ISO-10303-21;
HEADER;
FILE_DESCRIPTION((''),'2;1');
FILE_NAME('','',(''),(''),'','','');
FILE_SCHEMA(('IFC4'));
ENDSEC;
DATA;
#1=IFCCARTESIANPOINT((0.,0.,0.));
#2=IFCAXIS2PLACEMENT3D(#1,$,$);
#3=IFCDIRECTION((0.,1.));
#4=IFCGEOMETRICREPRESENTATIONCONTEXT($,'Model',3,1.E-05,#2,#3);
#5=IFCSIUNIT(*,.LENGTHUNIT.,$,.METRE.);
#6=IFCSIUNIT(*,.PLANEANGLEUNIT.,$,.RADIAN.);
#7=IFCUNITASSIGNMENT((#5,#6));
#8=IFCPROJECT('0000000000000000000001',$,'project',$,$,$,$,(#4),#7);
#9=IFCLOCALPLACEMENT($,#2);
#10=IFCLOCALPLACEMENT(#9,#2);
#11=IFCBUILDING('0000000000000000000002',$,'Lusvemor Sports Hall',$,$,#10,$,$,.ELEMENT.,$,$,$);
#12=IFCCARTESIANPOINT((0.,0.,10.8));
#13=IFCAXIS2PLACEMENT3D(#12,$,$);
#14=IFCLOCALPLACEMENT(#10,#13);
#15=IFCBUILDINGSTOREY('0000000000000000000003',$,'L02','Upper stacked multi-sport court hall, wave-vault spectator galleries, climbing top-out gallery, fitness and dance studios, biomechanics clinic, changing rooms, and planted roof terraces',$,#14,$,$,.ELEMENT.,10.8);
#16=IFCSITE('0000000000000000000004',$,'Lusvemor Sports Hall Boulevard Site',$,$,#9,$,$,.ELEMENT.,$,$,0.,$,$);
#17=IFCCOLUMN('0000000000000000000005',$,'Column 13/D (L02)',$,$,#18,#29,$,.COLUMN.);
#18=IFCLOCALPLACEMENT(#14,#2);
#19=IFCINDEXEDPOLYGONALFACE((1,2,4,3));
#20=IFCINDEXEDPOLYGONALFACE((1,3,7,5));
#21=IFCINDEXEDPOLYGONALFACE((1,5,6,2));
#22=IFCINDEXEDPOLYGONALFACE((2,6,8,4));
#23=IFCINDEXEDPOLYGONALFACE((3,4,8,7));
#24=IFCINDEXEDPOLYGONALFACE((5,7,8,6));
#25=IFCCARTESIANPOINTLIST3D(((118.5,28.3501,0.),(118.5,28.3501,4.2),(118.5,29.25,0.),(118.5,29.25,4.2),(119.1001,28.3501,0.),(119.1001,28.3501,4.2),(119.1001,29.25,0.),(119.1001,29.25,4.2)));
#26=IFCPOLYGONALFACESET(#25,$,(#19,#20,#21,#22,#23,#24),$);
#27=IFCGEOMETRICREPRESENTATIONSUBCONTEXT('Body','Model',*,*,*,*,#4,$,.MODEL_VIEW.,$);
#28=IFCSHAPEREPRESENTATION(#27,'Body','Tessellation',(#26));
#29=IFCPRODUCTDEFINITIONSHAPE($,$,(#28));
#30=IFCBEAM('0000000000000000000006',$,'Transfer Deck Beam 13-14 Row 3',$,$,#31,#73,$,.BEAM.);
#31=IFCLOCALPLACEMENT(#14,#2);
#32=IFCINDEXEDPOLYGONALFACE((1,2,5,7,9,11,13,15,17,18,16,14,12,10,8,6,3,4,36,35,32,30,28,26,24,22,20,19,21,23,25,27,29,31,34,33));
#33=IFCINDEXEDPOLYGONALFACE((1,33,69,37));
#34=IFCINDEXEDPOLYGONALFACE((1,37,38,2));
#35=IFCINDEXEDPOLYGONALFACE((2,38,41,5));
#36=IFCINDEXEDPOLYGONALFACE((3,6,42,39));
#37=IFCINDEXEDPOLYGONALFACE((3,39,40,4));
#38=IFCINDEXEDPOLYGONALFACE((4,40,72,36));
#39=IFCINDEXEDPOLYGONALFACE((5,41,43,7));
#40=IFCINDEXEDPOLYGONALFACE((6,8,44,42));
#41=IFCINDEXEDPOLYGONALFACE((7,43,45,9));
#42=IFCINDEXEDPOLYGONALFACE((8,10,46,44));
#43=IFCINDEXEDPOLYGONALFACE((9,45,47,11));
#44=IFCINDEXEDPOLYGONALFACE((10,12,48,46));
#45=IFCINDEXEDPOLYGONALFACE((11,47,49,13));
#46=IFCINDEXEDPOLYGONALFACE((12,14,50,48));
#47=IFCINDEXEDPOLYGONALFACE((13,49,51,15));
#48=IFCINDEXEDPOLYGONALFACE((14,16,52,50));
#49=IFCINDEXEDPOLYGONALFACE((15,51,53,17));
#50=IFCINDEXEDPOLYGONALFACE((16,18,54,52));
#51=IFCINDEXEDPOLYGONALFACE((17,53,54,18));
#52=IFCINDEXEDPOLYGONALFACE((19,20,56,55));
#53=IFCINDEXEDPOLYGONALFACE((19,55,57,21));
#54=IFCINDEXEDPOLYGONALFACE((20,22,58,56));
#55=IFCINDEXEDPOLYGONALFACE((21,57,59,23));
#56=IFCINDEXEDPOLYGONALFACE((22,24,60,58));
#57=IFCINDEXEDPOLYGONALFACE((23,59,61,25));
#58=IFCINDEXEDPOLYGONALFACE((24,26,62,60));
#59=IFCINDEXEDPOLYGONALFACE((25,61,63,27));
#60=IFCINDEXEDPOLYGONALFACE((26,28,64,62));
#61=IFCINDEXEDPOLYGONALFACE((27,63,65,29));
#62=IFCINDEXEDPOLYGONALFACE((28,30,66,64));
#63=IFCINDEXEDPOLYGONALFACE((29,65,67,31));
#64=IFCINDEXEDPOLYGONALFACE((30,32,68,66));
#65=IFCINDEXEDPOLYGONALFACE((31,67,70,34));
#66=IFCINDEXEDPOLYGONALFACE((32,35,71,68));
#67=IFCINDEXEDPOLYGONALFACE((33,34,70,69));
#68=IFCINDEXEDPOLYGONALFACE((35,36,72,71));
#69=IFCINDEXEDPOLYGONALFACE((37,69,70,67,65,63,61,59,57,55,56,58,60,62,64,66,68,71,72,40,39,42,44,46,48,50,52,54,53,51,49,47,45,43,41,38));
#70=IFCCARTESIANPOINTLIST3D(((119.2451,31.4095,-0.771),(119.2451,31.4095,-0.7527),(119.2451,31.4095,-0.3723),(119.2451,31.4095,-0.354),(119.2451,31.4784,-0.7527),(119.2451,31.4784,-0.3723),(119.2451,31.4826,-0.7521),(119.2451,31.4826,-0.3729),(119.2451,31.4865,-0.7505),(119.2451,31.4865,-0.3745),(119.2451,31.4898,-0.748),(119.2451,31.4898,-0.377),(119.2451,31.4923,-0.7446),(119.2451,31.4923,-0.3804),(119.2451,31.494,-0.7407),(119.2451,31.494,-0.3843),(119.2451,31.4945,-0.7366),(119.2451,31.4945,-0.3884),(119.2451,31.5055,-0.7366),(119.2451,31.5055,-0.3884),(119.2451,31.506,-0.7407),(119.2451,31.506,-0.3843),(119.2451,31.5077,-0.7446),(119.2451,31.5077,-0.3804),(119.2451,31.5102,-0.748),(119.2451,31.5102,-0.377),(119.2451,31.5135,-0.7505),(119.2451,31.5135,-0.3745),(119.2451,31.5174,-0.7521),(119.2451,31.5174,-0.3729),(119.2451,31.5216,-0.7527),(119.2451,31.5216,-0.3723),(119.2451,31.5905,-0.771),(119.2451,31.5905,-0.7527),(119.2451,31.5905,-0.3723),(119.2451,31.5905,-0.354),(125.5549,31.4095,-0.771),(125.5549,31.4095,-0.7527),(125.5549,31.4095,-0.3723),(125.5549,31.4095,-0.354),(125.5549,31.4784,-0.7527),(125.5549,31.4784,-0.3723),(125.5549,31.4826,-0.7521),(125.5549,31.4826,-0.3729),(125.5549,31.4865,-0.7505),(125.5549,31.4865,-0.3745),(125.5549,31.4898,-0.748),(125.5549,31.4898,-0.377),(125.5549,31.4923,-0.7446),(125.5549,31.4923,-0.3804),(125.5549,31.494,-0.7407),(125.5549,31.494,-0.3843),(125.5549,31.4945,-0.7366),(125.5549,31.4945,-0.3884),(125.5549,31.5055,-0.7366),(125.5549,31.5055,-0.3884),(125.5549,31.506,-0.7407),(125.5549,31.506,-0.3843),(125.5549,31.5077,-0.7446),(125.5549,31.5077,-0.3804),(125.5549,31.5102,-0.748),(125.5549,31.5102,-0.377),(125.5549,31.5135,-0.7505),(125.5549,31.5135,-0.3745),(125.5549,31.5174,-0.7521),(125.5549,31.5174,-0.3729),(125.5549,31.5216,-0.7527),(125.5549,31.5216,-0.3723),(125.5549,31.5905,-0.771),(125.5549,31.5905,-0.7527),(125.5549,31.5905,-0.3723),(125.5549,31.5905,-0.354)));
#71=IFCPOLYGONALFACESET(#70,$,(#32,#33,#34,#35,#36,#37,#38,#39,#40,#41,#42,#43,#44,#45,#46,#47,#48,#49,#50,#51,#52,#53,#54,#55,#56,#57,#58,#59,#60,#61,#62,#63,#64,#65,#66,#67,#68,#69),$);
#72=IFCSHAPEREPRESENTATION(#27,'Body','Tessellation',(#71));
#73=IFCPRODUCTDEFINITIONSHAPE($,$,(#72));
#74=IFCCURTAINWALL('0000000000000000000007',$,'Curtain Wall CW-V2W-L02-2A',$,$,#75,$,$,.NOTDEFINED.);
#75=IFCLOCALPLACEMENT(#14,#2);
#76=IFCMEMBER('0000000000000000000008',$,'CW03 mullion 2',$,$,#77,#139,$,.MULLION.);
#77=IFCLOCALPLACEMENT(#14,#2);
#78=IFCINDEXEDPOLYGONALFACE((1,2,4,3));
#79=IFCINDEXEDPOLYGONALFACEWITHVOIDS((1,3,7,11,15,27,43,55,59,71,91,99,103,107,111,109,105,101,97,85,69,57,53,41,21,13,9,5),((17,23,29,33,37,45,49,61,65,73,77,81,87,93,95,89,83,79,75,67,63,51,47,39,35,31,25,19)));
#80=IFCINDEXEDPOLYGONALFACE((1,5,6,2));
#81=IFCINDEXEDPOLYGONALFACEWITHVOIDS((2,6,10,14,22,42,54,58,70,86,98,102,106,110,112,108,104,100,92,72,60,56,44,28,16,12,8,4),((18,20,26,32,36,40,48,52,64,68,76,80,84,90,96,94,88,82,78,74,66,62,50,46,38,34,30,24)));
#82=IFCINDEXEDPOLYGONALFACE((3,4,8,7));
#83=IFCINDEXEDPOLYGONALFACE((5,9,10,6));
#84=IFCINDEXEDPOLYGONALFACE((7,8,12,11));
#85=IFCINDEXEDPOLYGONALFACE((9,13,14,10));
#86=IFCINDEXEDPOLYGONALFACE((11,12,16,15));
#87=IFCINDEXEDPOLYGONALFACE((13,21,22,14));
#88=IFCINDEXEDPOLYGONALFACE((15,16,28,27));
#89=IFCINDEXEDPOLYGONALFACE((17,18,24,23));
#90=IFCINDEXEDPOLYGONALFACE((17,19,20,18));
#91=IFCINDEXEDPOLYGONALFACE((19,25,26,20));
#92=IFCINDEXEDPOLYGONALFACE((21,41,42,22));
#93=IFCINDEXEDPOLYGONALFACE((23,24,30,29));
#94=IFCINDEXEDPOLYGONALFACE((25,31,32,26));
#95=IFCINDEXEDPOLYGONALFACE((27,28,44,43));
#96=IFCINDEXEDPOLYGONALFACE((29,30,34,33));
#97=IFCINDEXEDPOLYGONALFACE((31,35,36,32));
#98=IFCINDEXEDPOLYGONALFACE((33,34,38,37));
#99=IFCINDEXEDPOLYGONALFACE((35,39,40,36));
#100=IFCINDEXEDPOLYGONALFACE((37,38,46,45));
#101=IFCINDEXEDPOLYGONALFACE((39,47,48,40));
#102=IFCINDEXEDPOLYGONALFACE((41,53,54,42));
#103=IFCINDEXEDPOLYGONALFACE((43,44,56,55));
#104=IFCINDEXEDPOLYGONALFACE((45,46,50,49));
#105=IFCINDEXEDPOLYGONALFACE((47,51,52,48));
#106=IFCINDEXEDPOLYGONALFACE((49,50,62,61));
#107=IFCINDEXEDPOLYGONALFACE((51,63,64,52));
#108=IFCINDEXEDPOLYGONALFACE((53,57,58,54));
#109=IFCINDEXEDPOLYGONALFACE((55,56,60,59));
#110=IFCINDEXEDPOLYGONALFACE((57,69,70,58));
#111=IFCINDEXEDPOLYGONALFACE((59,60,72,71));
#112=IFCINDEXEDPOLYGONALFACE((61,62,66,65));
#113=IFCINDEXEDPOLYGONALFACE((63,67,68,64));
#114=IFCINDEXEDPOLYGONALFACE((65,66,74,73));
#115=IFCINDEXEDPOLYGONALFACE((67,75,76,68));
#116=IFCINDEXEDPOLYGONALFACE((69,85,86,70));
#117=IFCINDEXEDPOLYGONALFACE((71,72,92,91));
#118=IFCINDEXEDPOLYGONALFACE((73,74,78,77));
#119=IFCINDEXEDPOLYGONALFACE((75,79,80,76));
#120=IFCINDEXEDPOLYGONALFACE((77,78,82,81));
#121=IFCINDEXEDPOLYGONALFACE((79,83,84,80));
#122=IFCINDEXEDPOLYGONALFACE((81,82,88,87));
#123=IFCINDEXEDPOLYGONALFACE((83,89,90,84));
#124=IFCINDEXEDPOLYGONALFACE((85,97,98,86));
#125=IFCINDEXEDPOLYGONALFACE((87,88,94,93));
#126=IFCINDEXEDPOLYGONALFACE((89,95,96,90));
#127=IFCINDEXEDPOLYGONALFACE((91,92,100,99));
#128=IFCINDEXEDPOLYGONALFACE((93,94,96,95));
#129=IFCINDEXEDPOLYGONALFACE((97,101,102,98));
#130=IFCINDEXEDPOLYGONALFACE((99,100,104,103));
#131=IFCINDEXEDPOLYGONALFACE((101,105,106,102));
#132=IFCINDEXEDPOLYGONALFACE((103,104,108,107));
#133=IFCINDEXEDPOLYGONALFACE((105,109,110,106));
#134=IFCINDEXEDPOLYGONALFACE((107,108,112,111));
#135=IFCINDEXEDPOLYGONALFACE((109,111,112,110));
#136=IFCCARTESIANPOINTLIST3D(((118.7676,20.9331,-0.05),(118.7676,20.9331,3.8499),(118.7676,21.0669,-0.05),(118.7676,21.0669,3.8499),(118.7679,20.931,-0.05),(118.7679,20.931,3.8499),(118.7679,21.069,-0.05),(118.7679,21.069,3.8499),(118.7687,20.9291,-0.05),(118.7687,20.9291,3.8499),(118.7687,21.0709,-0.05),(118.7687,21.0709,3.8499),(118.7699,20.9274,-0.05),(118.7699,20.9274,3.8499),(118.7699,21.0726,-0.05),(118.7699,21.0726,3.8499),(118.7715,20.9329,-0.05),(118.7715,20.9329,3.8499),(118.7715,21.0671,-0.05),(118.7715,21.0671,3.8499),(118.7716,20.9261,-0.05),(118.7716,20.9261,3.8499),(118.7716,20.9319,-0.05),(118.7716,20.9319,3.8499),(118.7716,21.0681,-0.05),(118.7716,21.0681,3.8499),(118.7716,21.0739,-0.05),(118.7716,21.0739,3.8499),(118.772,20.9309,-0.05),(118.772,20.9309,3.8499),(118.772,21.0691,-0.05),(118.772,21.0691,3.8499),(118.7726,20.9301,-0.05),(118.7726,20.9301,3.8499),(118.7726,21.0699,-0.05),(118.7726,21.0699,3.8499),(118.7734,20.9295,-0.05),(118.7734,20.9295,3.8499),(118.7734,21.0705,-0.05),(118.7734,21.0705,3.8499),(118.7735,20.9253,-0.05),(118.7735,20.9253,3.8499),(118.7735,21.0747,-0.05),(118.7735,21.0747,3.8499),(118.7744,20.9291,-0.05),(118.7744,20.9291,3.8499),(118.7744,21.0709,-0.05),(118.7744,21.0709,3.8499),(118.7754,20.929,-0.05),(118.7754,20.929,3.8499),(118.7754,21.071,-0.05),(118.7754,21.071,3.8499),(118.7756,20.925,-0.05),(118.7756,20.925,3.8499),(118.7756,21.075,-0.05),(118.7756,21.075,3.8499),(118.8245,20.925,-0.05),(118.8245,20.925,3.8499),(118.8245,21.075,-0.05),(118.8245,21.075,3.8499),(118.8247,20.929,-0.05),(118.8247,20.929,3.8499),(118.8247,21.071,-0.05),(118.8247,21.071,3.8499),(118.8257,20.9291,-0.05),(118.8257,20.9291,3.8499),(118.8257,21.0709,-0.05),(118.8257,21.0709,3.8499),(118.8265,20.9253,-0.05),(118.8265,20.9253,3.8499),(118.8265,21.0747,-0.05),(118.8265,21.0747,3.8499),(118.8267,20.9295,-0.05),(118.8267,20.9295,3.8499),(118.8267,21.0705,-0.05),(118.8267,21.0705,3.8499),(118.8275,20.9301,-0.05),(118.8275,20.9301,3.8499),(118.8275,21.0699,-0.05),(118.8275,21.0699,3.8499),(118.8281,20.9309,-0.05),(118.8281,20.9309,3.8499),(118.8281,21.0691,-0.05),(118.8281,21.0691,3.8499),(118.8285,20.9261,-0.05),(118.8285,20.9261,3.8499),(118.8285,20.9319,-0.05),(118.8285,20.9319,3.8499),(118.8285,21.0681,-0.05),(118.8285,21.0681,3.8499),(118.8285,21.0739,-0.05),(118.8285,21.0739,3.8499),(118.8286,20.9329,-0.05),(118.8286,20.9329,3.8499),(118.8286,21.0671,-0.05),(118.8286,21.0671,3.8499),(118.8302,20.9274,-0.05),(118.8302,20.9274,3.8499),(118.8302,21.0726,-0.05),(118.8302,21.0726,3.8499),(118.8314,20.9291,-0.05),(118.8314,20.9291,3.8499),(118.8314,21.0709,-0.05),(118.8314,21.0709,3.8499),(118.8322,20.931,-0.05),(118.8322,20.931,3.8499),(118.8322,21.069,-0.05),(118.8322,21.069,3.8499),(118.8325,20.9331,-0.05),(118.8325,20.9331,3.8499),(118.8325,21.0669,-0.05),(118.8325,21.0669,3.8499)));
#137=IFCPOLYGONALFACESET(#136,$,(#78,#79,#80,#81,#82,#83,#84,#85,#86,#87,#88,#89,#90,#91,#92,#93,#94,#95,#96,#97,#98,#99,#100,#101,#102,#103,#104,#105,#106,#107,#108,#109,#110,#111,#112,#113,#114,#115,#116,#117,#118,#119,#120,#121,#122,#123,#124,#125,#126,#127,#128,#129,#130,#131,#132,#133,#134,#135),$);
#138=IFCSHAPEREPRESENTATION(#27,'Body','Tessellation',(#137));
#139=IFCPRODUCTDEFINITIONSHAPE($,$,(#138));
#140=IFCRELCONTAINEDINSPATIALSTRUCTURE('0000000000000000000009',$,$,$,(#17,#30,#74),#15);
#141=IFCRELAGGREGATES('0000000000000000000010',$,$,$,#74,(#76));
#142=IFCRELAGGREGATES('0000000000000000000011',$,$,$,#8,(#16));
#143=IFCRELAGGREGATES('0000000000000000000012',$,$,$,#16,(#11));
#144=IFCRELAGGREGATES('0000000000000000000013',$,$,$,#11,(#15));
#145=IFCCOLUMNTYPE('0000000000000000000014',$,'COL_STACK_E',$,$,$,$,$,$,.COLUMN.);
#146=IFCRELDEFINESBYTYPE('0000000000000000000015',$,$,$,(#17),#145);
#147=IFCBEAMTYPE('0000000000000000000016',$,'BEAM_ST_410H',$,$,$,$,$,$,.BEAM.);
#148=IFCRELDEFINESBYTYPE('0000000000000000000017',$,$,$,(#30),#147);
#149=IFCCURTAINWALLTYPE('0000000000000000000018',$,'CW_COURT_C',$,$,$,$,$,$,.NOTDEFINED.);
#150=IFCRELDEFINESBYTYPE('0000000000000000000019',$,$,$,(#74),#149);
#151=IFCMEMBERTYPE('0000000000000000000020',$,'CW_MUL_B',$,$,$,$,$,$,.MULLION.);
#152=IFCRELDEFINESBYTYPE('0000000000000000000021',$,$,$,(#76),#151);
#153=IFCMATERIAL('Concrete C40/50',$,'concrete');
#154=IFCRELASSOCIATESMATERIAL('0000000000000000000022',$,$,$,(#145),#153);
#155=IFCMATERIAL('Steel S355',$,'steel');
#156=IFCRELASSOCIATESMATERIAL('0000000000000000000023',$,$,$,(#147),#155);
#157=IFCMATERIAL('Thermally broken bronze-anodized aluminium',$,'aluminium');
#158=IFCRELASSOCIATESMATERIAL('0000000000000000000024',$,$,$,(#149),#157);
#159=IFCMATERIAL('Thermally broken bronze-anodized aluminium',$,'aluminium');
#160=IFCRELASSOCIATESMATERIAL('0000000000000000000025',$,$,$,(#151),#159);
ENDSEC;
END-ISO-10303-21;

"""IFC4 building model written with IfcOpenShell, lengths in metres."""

from ifc_helpers import new_model, si_unit, direction, frame, origin, origin_2d, place, context, subcontext, project, spatial, rectangle, hollow_rectangle, i_section, extrude, material, material_profile, profile_set, type_object, element, aggregate, save


model = new_model("IFC4")

# Units and contexts
model_context = context("Model", 3, precision=1e-05, world=origin(), true_north=direction((0.0, 1.0)))
body_context = subcontext(model_context, "Body", "Model", "MODEL_VIEW")
ifc_project = project(units=[si_unit("LENGTHUNIT", "METRE"), si_unit("PLANEANGLEUNIT", "RADIAN")], contexts=[model_context])

# Site, building, storey
site_placement = place(None, origin())
site = spatial("IfcSite", under=ifc_project, at=site_placement, Name="Lusvemor Sports Hall Boulevard Site", CompositionType="ELEMENT", RefElevation=0.0)
building_placement = place(site_placement, origin())
building = spatial("IfcBuilding", under=site, at=building_placement, Name="Lusvemor Sports Hall", CompositionType="ELEMENT")
storey_placement = place(building_placement, frame((0.0, 0.0, 10.8)))
storey = spatial("IfcBuildingStorey", under=building, at=storey_placement, Name="L02", Description="Upper stacked multi-sport court hall, wave-vault spectator galleries, climbing top-out gallery, fitness and dance studios, biomechanics clinic, changing rooms, and planted roof terraces", CompositionType="ELEMENT", Elevation=10.8)

# Column
ifc_material_1 = material(Name="Concrete C40/50", Category="concrete")
ifc_material_profile_1 = material_profile(ifc_material_1, rectangle(XDim=0.6001, YDim=0.8999, at=origin_2d()), Name="RC600x900")
ifc_profile_set_1 = profile_set([ifc_material_profile_1], Name="Concrete C40/50")
column_type = type_object("IfcColumnType", Name="COL_STACK_E", PredefinedType="COLUMN", material=ifc_profile_set_1)
column_placement = place(storey_placement, frame((118.8, 28.8, 0.0), z_axis=(0.0, 0.0, 1.0), x_axis=(1.0, 0.0, 0.0)))
element("IfcColumn", 1, at=column_placement, inside=storey, type_object=column_type, Name="Column 13/D (L02)", PredefinedType="COLUMN", context=body_context, shape_type="SweptSolid", body=[
    extrude(rectangle(XDim=0.6001, YDim=0.8999, at=origin_2d()), origin(), (0.0, 0.0, 1.0), 4.2),
])

# Beam
ifc_material_2 = material(Name="Steel S355", Category="steel")
ifc_material_profile_2 = material_profile(ifc_material_2, i_section(OverallWidth=0.1809, OverallDepth=0.417, WebThickness=0.011, FlangeThickness=0.0183, FilletRadius=0.0161, at=origin_2d()), Name="W410x85.0")
ifc_profile_set_2 = profile_set([ifc_material_profile_2], Name="Steel S355")
beam_type_1 = type_object("IfcBeamType", Name="BEAM_ST_410H", PredefinedType="BEAM", material=ifc_profile_set_2)
beam_1_placement = place(storey_placement, frame((119.2451, 31.5, -0.5625), z_axis=(1.0, 0.0, 0.0), x_axis=(0.0, 1.0, 0.0)))
element("IfcBeam", 2, at=beam_1_placement, inside=storey, type_object=beam_type_1, Name="Transfer Deck Beam 13-14 Row 3", PredefinedType="BEAM", context=body_context, shape_type="SweptSolid", body=[
    extrude(i_section(OverallWidth=0.1809, OverallDepth=0.417, WebThickness=0.011, FlangeThickness=0.0183, FilletRadius=0.0161, at=origin_2d()), origin(), (0.0, 0.0, 1.0), 6.3098),
])

# Curtain wall, member
ifc_material_3 = material(Name="Thermally broken bronze-anodized aluminium", Category="aluminium")
curtain_wall_type = type_object("IfcCurtainWallType", Name="CW_COURT_C", PredefinedType="NOTDEFINED", material=ifc_material_3)
curtain_wall_1_placement = place(storey_placement, origin())
curtain_wall_1 = element("IfcCurtainWall", 3, at=curtain_wall_1_placement, inside=storey, type_object=curtain_wall_type, Name="Curtain Wall CW-V2W-L02-2A", PredefinedType="NOTDEFINED")
ifc_material_4 = material(Name="Thermally broken bronze-anodized aluminium", Category="aluminium")
ifc_material_profile_3 = material_profile(ifc_material_4, hollow_rectangle(XDim=0.0649, YDim=0.1499, WallThickness=0.0039, InnerFilletRadius=0.0039, OuterFilletRadius=0.0081, at=origin_2d()), Name="CWMUL150x65x4")
ifc_profile_set_3 = profile_set([ifc_material_profile_3], Name="Thermally broken bronze-anodized aluminium")
member_type_1 = type_object("IfcMemberType", Name="CW_MUL_B", PredefinedType="MULLION", material=ifc_profile_set_3)
member_1_placement = place(storey_placement, frame((118.8, 21.0, -0.05), z_axis=(0.0, 0.0, 1.0), x_axis=(-1.0, 0.0, 0.0)))
member_1 = element("IfcMember", 4, at=member_1_placement, type_object=member_type_1, Name="CW03 mullion 2", PredefinedType="MULLION", context=body_context, shape_type="SweptSolid", body=[
    extrude(hollow_rectangle(XDim=0.0649, YDim=0.1499, WallThickness=0.0039, InnerFilletRadius=0.0039, OuterFilletRadius=0.0081, at=origin_2d()), origin(), (0.0, 0.0, 1.0), 3.8999),
])

aggregate(curtain_wall_1, [member_1])

save(model, "model.ifc")
